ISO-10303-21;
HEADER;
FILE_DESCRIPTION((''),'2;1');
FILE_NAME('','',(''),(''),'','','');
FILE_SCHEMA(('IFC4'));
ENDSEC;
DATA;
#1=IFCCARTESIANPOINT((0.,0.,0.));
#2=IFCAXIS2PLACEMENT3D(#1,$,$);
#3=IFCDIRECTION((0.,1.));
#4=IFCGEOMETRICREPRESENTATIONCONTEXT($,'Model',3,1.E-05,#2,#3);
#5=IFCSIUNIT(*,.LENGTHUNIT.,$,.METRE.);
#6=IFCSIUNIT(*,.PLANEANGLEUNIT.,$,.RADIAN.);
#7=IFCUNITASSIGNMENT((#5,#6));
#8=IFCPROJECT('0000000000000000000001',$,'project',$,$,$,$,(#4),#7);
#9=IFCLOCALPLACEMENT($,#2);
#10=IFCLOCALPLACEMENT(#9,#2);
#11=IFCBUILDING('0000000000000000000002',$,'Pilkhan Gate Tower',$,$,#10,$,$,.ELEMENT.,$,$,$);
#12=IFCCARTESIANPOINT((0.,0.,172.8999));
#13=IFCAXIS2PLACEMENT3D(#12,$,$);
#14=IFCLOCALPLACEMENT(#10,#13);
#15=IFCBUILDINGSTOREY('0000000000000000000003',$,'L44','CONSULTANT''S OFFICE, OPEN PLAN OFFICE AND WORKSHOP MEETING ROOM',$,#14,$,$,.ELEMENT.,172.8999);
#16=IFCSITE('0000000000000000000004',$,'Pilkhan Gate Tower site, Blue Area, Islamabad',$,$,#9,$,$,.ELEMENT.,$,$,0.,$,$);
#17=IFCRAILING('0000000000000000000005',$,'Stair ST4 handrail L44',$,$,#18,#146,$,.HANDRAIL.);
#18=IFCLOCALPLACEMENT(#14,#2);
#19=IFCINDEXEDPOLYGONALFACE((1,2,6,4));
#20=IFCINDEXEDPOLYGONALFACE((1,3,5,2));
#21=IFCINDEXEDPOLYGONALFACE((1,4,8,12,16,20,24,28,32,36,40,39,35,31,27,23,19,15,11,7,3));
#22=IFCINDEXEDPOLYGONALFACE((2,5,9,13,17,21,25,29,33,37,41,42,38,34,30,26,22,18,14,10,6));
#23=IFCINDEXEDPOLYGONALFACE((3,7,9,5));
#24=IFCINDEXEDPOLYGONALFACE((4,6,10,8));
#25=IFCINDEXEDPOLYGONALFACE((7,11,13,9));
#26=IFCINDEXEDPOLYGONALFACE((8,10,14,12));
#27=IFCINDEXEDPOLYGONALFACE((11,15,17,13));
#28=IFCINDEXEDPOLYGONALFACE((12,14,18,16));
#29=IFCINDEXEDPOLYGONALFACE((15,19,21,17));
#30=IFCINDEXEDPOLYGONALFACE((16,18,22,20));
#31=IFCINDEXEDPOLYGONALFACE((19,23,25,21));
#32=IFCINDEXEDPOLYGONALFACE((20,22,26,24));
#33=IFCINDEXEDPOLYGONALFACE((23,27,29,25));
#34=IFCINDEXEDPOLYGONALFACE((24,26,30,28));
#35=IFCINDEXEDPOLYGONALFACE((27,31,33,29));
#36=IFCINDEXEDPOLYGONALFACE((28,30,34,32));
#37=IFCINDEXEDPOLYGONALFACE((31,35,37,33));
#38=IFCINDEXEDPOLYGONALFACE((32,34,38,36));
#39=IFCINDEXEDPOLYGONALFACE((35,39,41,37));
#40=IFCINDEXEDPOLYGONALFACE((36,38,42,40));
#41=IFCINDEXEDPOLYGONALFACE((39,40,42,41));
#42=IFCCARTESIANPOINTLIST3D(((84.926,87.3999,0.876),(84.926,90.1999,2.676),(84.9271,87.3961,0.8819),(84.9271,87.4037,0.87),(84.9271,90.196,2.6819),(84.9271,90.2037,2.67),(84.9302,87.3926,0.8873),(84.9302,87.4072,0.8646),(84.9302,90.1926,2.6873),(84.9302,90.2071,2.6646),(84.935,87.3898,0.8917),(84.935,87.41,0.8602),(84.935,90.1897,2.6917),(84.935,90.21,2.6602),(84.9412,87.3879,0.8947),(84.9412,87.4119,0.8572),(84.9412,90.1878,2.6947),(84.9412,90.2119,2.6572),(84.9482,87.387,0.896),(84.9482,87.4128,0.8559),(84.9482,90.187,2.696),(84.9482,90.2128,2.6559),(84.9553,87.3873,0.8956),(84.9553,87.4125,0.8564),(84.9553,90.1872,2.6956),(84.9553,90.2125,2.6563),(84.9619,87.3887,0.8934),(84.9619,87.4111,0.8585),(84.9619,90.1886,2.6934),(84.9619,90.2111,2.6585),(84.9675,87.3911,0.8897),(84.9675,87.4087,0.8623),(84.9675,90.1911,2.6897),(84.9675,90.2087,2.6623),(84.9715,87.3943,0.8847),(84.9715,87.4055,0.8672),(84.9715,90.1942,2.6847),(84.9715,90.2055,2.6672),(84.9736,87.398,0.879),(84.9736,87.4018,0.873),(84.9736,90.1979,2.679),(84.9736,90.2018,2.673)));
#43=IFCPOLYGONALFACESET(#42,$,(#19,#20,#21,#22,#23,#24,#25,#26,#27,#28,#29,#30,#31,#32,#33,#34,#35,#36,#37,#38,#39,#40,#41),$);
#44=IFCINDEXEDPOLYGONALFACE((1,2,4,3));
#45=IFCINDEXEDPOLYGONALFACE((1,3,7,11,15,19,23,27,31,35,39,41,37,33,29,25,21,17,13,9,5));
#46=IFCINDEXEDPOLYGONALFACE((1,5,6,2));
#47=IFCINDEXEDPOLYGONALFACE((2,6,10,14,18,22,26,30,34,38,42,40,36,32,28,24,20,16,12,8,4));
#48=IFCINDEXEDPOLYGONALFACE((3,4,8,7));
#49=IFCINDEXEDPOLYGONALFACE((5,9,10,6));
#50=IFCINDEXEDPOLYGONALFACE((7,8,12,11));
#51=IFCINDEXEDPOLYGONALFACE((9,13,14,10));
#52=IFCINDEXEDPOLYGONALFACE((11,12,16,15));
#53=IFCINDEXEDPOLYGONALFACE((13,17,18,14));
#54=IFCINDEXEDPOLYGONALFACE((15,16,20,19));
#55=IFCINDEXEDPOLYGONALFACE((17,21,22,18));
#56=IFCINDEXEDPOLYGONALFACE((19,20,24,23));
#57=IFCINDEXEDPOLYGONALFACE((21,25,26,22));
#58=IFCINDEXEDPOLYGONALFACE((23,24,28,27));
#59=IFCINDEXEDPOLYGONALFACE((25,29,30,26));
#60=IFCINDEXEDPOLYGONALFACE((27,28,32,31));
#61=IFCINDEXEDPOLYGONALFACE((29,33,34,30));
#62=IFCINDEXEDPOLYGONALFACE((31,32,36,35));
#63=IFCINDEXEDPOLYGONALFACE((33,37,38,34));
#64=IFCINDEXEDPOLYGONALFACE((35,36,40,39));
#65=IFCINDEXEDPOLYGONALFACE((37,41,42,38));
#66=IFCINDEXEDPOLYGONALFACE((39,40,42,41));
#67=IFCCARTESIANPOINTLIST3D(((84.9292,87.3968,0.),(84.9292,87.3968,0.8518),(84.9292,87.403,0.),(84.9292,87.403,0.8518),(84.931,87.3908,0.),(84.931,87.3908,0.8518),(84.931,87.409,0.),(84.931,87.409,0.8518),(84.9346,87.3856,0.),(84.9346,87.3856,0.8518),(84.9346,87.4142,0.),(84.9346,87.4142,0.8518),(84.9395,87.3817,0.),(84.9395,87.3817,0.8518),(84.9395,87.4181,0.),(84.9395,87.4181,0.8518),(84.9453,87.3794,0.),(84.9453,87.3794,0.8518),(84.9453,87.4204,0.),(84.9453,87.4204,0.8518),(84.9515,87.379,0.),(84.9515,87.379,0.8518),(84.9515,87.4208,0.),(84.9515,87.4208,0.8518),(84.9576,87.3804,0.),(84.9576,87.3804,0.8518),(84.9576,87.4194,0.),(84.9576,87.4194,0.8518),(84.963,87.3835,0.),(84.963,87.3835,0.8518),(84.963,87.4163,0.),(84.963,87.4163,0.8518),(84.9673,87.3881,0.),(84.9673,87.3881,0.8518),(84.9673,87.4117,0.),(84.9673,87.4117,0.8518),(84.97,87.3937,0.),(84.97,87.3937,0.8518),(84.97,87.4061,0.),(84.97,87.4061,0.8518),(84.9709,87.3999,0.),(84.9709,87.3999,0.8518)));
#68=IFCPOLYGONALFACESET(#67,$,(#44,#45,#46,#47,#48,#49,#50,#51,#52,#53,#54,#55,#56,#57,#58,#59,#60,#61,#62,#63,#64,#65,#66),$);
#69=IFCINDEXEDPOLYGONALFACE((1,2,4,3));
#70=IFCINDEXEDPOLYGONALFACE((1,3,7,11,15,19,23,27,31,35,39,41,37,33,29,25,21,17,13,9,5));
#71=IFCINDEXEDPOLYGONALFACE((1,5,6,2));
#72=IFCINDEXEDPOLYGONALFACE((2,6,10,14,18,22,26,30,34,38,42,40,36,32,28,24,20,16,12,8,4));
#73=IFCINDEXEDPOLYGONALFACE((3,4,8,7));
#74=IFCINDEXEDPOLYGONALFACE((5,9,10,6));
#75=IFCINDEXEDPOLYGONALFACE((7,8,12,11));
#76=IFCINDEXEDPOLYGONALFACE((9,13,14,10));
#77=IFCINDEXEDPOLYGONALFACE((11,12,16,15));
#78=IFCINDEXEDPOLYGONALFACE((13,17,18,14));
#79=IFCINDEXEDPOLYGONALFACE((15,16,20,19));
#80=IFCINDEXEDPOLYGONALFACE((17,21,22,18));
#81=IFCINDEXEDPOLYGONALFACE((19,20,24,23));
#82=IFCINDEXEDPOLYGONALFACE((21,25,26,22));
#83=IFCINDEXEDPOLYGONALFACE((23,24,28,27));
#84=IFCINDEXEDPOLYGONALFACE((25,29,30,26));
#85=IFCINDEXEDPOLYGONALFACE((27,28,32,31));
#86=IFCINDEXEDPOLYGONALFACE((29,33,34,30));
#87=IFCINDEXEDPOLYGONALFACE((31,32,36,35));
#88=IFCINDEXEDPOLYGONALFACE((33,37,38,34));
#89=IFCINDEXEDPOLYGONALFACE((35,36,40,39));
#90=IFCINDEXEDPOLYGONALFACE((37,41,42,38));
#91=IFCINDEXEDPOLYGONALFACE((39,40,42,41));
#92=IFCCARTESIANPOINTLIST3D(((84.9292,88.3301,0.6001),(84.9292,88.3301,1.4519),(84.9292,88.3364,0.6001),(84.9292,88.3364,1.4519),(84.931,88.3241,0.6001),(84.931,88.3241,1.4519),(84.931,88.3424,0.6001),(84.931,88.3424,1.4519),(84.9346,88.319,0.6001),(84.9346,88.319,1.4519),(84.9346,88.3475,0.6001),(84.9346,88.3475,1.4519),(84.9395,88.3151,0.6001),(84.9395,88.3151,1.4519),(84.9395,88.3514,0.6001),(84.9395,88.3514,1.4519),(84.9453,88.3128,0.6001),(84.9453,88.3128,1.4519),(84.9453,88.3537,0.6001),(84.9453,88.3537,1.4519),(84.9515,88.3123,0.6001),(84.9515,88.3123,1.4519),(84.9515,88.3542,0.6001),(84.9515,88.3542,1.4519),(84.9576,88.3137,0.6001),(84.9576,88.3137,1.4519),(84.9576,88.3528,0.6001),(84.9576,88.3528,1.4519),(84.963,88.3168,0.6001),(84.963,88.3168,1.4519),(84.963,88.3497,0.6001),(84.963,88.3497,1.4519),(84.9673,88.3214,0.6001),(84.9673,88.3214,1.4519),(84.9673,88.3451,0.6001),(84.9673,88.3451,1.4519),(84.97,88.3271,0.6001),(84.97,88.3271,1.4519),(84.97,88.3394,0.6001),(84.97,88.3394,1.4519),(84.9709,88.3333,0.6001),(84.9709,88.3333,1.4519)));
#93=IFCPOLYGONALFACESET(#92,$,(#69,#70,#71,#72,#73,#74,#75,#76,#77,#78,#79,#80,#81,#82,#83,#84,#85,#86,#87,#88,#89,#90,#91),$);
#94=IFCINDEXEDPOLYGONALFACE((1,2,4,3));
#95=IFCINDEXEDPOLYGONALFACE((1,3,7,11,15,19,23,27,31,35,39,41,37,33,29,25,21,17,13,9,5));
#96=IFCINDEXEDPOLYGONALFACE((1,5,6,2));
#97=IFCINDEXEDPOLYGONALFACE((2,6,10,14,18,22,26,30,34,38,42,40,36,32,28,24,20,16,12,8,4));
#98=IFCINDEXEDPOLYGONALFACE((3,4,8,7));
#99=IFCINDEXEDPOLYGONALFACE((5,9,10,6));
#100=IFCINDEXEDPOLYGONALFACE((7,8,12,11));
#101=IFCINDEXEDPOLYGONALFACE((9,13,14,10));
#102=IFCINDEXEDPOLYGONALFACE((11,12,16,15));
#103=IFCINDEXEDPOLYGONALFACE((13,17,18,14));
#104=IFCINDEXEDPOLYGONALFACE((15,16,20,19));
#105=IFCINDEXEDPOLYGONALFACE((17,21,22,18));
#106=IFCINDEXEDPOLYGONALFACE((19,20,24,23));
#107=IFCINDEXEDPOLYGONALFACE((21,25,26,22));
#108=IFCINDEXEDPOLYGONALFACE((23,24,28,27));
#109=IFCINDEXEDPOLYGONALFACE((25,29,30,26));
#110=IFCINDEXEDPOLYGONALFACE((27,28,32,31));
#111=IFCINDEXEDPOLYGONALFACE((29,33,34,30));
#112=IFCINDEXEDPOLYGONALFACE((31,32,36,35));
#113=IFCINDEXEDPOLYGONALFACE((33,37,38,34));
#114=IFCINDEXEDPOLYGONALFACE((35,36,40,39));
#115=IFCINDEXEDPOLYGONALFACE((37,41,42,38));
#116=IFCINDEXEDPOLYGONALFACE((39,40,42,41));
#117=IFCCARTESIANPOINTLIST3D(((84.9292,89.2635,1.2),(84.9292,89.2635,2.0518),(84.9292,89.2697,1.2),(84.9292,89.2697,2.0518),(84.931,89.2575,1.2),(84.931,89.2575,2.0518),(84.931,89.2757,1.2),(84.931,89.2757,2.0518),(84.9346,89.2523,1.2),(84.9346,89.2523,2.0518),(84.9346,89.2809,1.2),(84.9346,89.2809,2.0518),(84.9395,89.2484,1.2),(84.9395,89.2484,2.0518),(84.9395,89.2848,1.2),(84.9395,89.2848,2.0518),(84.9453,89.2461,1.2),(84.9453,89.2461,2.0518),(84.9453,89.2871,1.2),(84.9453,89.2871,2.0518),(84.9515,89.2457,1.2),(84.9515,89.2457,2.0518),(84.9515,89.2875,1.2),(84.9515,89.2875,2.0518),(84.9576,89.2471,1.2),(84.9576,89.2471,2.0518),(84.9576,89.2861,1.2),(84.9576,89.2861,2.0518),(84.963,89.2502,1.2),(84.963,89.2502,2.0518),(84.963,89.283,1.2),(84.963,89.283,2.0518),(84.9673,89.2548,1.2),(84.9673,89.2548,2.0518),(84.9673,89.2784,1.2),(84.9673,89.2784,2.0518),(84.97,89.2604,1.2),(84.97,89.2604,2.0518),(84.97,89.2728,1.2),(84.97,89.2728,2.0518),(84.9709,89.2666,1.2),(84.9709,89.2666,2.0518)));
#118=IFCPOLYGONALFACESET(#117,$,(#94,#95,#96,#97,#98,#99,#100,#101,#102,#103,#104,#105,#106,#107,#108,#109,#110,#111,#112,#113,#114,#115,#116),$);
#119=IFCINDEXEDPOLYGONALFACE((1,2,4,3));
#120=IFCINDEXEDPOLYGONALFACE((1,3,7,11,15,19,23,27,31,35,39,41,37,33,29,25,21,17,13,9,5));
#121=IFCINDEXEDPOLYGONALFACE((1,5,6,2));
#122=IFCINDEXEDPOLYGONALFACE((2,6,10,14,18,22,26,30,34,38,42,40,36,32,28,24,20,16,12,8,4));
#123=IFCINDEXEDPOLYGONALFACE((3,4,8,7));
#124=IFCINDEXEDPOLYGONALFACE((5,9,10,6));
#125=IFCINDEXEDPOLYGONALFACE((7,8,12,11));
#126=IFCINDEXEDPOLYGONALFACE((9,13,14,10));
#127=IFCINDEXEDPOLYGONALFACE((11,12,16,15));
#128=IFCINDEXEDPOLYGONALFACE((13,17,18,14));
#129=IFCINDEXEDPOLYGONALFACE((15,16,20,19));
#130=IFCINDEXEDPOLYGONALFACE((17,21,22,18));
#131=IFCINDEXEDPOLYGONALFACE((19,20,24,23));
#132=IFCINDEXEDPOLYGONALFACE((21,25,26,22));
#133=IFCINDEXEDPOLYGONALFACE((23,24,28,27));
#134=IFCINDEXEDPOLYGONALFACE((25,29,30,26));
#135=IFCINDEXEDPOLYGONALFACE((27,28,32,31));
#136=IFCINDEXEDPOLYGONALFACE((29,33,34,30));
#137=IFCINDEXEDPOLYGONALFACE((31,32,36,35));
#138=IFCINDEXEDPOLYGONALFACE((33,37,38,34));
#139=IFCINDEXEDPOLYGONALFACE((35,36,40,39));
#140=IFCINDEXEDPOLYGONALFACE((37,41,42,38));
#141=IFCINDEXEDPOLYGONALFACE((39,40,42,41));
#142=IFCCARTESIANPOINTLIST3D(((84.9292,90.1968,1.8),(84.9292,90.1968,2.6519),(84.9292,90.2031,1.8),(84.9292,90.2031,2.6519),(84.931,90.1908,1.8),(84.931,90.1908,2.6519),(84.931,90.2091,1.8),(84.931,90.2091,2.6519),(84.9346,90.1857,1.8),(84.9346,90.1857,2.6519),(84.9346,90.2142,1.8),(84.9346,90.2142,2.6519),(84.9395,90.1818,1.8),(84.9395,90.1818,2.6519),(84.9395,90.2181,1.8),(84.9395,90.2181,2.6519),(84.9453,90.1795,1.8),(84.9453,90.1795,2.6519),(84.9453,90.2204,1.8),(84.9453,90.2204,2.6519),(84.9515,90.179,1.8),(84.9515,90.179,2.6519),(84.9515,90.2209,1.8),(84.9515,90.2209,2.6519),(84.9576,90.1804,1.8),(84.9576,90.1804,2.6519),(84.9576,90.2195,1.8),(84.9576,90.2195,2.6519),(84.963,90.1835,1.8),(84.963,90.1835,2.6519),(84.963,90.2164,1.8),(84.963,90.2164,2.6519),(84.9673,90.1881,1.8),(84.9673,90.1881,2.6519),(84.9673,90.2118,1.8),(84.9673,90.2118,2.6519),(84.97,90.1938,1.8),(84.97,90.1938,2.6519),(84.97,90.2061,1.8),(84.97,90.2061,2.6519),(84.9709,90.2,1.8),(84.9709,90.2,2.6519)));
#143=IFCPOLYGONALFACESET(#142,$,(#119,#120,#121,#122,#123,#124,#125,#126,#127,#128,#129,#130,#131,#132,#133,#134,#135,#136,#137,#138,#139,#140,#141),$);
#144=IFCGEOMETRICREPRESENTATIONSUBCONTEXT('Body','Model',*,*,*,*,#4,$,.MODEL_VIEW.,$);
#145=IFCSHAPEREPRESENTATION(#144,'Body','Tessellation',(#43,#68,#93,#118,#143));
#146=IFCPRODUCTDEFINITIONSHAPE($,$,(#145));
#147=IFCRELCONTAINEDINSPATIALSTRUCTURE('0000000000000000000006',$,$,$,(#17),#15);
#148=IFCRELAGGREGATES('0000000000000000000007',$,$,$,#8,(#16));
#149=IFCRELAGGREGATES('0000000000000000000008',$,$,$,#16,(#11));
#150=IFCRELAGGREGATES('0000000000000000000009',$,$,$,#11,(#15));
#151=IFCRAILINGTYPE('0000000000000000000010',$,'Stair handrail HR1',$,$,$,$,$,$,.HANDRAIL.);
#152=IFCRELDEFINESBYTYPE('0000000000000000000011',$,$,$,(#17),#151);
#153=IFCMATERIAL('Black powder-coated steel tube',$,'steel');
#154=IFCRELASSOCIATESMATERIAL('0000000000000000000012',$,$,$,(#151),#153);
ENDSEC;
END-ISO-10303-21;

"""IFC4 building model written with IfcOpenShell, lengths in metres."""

from ifc_helpers import new_model, si_unit, direction, frame, origin, origin_2d, place, context, subcontext, project, spatial, circle, extrude, material, type_object, element, save


model = new_model("IFC4")

# Units and contexts
model_context = context("Model", 3, precision=1e-05, world=origin(), true_north=direction((0.0, 1.0)))
body_context = subcontext(model_context, "Body", "Model", "MODEL_VIEW")
ifc_project = project(units=[si_unit("LENGTHUNIT", "METRE"), si_unit("PLANEANGLEUNIT", "RADIAN")], contexts=[model_context])

# Site, building, storey
site_placement = place(None, origin())
site = spatial("IfcSite", under=ifc_project, at=site_placement, Name="Pilkhan Gate Tower site, Blue Area, Islamabad", CompositionType="ELEMENT", RefElevation=0.0)
building_placement = place(site_placement, origin())
building = spatial("IfcBuilding", under=site, at=building_placement, Name="Pilkhan Gate Tower", CompositionType="ELEMENT")
storey_placement = place(building_placement, frame((0.0, 0.0, 172.8999)))
storey = spatial("IfcBuildingStorey", under=building, at=storey_placement, Name="L44", Description="CONSULTANT'S OFFICE, OPEN PLAN OFFICE AND WORKSHOP MEETING ROOM", CompositionType="ELEMENT", Elevation=172.8999)

# Railing
ifc_material_1 = material(Name="Black powder-coated steel tube", Category="steel")
railing_type_1 = type_object("IfcRailingType", Name="Stair handrail HR1", PredefinedType="HANDRAIL", material=ifc_material_1)
railing_placement = place(storey_placement, frame((84.95, 87.3999, 0.0)))
element("IfcRailing", 1, at=railing_placement, inside=storey, type_object=railing_type_1, Name="Stair ST4 handrail L44", PredefinedType="HANDRAIL", context=body_context, shape_type="SweptSolid", body=[
    extrude(circle(Radius=0.0239, at=origin_2d()), frame((0.0, 0.0, 0.876), z_axis=(0.0, 0.841176, 0.540761), x_axis=(-1.0, 0.0, 0.0)), (0.0, 0.0, 1.0), 3.3286),
    extrude(circle(Radius=0.021, at=origin_2d()), origin(), (0.0, 0.0, 1.0), 0.8518),
    extrude(circle(Radius=0.021, at=origin_2d()), frame((0.0, 0.9333, 0.6001)), (0.0, 0.0, 1.0), 0.8518),
    extrude(circle(Radius=0.021, at=origin_2d()), frame((0.0, 1.8667, 1.2)), (0.0, 0.0, 1.0), 0.8518),
    extrude(circle(Radius=0.021, at=origin_2d()), frame((0.0, 2.8, 1.8)), (0.0, 0.0, 1.0), 0.8518),
])

save(model, "model.ifc")
